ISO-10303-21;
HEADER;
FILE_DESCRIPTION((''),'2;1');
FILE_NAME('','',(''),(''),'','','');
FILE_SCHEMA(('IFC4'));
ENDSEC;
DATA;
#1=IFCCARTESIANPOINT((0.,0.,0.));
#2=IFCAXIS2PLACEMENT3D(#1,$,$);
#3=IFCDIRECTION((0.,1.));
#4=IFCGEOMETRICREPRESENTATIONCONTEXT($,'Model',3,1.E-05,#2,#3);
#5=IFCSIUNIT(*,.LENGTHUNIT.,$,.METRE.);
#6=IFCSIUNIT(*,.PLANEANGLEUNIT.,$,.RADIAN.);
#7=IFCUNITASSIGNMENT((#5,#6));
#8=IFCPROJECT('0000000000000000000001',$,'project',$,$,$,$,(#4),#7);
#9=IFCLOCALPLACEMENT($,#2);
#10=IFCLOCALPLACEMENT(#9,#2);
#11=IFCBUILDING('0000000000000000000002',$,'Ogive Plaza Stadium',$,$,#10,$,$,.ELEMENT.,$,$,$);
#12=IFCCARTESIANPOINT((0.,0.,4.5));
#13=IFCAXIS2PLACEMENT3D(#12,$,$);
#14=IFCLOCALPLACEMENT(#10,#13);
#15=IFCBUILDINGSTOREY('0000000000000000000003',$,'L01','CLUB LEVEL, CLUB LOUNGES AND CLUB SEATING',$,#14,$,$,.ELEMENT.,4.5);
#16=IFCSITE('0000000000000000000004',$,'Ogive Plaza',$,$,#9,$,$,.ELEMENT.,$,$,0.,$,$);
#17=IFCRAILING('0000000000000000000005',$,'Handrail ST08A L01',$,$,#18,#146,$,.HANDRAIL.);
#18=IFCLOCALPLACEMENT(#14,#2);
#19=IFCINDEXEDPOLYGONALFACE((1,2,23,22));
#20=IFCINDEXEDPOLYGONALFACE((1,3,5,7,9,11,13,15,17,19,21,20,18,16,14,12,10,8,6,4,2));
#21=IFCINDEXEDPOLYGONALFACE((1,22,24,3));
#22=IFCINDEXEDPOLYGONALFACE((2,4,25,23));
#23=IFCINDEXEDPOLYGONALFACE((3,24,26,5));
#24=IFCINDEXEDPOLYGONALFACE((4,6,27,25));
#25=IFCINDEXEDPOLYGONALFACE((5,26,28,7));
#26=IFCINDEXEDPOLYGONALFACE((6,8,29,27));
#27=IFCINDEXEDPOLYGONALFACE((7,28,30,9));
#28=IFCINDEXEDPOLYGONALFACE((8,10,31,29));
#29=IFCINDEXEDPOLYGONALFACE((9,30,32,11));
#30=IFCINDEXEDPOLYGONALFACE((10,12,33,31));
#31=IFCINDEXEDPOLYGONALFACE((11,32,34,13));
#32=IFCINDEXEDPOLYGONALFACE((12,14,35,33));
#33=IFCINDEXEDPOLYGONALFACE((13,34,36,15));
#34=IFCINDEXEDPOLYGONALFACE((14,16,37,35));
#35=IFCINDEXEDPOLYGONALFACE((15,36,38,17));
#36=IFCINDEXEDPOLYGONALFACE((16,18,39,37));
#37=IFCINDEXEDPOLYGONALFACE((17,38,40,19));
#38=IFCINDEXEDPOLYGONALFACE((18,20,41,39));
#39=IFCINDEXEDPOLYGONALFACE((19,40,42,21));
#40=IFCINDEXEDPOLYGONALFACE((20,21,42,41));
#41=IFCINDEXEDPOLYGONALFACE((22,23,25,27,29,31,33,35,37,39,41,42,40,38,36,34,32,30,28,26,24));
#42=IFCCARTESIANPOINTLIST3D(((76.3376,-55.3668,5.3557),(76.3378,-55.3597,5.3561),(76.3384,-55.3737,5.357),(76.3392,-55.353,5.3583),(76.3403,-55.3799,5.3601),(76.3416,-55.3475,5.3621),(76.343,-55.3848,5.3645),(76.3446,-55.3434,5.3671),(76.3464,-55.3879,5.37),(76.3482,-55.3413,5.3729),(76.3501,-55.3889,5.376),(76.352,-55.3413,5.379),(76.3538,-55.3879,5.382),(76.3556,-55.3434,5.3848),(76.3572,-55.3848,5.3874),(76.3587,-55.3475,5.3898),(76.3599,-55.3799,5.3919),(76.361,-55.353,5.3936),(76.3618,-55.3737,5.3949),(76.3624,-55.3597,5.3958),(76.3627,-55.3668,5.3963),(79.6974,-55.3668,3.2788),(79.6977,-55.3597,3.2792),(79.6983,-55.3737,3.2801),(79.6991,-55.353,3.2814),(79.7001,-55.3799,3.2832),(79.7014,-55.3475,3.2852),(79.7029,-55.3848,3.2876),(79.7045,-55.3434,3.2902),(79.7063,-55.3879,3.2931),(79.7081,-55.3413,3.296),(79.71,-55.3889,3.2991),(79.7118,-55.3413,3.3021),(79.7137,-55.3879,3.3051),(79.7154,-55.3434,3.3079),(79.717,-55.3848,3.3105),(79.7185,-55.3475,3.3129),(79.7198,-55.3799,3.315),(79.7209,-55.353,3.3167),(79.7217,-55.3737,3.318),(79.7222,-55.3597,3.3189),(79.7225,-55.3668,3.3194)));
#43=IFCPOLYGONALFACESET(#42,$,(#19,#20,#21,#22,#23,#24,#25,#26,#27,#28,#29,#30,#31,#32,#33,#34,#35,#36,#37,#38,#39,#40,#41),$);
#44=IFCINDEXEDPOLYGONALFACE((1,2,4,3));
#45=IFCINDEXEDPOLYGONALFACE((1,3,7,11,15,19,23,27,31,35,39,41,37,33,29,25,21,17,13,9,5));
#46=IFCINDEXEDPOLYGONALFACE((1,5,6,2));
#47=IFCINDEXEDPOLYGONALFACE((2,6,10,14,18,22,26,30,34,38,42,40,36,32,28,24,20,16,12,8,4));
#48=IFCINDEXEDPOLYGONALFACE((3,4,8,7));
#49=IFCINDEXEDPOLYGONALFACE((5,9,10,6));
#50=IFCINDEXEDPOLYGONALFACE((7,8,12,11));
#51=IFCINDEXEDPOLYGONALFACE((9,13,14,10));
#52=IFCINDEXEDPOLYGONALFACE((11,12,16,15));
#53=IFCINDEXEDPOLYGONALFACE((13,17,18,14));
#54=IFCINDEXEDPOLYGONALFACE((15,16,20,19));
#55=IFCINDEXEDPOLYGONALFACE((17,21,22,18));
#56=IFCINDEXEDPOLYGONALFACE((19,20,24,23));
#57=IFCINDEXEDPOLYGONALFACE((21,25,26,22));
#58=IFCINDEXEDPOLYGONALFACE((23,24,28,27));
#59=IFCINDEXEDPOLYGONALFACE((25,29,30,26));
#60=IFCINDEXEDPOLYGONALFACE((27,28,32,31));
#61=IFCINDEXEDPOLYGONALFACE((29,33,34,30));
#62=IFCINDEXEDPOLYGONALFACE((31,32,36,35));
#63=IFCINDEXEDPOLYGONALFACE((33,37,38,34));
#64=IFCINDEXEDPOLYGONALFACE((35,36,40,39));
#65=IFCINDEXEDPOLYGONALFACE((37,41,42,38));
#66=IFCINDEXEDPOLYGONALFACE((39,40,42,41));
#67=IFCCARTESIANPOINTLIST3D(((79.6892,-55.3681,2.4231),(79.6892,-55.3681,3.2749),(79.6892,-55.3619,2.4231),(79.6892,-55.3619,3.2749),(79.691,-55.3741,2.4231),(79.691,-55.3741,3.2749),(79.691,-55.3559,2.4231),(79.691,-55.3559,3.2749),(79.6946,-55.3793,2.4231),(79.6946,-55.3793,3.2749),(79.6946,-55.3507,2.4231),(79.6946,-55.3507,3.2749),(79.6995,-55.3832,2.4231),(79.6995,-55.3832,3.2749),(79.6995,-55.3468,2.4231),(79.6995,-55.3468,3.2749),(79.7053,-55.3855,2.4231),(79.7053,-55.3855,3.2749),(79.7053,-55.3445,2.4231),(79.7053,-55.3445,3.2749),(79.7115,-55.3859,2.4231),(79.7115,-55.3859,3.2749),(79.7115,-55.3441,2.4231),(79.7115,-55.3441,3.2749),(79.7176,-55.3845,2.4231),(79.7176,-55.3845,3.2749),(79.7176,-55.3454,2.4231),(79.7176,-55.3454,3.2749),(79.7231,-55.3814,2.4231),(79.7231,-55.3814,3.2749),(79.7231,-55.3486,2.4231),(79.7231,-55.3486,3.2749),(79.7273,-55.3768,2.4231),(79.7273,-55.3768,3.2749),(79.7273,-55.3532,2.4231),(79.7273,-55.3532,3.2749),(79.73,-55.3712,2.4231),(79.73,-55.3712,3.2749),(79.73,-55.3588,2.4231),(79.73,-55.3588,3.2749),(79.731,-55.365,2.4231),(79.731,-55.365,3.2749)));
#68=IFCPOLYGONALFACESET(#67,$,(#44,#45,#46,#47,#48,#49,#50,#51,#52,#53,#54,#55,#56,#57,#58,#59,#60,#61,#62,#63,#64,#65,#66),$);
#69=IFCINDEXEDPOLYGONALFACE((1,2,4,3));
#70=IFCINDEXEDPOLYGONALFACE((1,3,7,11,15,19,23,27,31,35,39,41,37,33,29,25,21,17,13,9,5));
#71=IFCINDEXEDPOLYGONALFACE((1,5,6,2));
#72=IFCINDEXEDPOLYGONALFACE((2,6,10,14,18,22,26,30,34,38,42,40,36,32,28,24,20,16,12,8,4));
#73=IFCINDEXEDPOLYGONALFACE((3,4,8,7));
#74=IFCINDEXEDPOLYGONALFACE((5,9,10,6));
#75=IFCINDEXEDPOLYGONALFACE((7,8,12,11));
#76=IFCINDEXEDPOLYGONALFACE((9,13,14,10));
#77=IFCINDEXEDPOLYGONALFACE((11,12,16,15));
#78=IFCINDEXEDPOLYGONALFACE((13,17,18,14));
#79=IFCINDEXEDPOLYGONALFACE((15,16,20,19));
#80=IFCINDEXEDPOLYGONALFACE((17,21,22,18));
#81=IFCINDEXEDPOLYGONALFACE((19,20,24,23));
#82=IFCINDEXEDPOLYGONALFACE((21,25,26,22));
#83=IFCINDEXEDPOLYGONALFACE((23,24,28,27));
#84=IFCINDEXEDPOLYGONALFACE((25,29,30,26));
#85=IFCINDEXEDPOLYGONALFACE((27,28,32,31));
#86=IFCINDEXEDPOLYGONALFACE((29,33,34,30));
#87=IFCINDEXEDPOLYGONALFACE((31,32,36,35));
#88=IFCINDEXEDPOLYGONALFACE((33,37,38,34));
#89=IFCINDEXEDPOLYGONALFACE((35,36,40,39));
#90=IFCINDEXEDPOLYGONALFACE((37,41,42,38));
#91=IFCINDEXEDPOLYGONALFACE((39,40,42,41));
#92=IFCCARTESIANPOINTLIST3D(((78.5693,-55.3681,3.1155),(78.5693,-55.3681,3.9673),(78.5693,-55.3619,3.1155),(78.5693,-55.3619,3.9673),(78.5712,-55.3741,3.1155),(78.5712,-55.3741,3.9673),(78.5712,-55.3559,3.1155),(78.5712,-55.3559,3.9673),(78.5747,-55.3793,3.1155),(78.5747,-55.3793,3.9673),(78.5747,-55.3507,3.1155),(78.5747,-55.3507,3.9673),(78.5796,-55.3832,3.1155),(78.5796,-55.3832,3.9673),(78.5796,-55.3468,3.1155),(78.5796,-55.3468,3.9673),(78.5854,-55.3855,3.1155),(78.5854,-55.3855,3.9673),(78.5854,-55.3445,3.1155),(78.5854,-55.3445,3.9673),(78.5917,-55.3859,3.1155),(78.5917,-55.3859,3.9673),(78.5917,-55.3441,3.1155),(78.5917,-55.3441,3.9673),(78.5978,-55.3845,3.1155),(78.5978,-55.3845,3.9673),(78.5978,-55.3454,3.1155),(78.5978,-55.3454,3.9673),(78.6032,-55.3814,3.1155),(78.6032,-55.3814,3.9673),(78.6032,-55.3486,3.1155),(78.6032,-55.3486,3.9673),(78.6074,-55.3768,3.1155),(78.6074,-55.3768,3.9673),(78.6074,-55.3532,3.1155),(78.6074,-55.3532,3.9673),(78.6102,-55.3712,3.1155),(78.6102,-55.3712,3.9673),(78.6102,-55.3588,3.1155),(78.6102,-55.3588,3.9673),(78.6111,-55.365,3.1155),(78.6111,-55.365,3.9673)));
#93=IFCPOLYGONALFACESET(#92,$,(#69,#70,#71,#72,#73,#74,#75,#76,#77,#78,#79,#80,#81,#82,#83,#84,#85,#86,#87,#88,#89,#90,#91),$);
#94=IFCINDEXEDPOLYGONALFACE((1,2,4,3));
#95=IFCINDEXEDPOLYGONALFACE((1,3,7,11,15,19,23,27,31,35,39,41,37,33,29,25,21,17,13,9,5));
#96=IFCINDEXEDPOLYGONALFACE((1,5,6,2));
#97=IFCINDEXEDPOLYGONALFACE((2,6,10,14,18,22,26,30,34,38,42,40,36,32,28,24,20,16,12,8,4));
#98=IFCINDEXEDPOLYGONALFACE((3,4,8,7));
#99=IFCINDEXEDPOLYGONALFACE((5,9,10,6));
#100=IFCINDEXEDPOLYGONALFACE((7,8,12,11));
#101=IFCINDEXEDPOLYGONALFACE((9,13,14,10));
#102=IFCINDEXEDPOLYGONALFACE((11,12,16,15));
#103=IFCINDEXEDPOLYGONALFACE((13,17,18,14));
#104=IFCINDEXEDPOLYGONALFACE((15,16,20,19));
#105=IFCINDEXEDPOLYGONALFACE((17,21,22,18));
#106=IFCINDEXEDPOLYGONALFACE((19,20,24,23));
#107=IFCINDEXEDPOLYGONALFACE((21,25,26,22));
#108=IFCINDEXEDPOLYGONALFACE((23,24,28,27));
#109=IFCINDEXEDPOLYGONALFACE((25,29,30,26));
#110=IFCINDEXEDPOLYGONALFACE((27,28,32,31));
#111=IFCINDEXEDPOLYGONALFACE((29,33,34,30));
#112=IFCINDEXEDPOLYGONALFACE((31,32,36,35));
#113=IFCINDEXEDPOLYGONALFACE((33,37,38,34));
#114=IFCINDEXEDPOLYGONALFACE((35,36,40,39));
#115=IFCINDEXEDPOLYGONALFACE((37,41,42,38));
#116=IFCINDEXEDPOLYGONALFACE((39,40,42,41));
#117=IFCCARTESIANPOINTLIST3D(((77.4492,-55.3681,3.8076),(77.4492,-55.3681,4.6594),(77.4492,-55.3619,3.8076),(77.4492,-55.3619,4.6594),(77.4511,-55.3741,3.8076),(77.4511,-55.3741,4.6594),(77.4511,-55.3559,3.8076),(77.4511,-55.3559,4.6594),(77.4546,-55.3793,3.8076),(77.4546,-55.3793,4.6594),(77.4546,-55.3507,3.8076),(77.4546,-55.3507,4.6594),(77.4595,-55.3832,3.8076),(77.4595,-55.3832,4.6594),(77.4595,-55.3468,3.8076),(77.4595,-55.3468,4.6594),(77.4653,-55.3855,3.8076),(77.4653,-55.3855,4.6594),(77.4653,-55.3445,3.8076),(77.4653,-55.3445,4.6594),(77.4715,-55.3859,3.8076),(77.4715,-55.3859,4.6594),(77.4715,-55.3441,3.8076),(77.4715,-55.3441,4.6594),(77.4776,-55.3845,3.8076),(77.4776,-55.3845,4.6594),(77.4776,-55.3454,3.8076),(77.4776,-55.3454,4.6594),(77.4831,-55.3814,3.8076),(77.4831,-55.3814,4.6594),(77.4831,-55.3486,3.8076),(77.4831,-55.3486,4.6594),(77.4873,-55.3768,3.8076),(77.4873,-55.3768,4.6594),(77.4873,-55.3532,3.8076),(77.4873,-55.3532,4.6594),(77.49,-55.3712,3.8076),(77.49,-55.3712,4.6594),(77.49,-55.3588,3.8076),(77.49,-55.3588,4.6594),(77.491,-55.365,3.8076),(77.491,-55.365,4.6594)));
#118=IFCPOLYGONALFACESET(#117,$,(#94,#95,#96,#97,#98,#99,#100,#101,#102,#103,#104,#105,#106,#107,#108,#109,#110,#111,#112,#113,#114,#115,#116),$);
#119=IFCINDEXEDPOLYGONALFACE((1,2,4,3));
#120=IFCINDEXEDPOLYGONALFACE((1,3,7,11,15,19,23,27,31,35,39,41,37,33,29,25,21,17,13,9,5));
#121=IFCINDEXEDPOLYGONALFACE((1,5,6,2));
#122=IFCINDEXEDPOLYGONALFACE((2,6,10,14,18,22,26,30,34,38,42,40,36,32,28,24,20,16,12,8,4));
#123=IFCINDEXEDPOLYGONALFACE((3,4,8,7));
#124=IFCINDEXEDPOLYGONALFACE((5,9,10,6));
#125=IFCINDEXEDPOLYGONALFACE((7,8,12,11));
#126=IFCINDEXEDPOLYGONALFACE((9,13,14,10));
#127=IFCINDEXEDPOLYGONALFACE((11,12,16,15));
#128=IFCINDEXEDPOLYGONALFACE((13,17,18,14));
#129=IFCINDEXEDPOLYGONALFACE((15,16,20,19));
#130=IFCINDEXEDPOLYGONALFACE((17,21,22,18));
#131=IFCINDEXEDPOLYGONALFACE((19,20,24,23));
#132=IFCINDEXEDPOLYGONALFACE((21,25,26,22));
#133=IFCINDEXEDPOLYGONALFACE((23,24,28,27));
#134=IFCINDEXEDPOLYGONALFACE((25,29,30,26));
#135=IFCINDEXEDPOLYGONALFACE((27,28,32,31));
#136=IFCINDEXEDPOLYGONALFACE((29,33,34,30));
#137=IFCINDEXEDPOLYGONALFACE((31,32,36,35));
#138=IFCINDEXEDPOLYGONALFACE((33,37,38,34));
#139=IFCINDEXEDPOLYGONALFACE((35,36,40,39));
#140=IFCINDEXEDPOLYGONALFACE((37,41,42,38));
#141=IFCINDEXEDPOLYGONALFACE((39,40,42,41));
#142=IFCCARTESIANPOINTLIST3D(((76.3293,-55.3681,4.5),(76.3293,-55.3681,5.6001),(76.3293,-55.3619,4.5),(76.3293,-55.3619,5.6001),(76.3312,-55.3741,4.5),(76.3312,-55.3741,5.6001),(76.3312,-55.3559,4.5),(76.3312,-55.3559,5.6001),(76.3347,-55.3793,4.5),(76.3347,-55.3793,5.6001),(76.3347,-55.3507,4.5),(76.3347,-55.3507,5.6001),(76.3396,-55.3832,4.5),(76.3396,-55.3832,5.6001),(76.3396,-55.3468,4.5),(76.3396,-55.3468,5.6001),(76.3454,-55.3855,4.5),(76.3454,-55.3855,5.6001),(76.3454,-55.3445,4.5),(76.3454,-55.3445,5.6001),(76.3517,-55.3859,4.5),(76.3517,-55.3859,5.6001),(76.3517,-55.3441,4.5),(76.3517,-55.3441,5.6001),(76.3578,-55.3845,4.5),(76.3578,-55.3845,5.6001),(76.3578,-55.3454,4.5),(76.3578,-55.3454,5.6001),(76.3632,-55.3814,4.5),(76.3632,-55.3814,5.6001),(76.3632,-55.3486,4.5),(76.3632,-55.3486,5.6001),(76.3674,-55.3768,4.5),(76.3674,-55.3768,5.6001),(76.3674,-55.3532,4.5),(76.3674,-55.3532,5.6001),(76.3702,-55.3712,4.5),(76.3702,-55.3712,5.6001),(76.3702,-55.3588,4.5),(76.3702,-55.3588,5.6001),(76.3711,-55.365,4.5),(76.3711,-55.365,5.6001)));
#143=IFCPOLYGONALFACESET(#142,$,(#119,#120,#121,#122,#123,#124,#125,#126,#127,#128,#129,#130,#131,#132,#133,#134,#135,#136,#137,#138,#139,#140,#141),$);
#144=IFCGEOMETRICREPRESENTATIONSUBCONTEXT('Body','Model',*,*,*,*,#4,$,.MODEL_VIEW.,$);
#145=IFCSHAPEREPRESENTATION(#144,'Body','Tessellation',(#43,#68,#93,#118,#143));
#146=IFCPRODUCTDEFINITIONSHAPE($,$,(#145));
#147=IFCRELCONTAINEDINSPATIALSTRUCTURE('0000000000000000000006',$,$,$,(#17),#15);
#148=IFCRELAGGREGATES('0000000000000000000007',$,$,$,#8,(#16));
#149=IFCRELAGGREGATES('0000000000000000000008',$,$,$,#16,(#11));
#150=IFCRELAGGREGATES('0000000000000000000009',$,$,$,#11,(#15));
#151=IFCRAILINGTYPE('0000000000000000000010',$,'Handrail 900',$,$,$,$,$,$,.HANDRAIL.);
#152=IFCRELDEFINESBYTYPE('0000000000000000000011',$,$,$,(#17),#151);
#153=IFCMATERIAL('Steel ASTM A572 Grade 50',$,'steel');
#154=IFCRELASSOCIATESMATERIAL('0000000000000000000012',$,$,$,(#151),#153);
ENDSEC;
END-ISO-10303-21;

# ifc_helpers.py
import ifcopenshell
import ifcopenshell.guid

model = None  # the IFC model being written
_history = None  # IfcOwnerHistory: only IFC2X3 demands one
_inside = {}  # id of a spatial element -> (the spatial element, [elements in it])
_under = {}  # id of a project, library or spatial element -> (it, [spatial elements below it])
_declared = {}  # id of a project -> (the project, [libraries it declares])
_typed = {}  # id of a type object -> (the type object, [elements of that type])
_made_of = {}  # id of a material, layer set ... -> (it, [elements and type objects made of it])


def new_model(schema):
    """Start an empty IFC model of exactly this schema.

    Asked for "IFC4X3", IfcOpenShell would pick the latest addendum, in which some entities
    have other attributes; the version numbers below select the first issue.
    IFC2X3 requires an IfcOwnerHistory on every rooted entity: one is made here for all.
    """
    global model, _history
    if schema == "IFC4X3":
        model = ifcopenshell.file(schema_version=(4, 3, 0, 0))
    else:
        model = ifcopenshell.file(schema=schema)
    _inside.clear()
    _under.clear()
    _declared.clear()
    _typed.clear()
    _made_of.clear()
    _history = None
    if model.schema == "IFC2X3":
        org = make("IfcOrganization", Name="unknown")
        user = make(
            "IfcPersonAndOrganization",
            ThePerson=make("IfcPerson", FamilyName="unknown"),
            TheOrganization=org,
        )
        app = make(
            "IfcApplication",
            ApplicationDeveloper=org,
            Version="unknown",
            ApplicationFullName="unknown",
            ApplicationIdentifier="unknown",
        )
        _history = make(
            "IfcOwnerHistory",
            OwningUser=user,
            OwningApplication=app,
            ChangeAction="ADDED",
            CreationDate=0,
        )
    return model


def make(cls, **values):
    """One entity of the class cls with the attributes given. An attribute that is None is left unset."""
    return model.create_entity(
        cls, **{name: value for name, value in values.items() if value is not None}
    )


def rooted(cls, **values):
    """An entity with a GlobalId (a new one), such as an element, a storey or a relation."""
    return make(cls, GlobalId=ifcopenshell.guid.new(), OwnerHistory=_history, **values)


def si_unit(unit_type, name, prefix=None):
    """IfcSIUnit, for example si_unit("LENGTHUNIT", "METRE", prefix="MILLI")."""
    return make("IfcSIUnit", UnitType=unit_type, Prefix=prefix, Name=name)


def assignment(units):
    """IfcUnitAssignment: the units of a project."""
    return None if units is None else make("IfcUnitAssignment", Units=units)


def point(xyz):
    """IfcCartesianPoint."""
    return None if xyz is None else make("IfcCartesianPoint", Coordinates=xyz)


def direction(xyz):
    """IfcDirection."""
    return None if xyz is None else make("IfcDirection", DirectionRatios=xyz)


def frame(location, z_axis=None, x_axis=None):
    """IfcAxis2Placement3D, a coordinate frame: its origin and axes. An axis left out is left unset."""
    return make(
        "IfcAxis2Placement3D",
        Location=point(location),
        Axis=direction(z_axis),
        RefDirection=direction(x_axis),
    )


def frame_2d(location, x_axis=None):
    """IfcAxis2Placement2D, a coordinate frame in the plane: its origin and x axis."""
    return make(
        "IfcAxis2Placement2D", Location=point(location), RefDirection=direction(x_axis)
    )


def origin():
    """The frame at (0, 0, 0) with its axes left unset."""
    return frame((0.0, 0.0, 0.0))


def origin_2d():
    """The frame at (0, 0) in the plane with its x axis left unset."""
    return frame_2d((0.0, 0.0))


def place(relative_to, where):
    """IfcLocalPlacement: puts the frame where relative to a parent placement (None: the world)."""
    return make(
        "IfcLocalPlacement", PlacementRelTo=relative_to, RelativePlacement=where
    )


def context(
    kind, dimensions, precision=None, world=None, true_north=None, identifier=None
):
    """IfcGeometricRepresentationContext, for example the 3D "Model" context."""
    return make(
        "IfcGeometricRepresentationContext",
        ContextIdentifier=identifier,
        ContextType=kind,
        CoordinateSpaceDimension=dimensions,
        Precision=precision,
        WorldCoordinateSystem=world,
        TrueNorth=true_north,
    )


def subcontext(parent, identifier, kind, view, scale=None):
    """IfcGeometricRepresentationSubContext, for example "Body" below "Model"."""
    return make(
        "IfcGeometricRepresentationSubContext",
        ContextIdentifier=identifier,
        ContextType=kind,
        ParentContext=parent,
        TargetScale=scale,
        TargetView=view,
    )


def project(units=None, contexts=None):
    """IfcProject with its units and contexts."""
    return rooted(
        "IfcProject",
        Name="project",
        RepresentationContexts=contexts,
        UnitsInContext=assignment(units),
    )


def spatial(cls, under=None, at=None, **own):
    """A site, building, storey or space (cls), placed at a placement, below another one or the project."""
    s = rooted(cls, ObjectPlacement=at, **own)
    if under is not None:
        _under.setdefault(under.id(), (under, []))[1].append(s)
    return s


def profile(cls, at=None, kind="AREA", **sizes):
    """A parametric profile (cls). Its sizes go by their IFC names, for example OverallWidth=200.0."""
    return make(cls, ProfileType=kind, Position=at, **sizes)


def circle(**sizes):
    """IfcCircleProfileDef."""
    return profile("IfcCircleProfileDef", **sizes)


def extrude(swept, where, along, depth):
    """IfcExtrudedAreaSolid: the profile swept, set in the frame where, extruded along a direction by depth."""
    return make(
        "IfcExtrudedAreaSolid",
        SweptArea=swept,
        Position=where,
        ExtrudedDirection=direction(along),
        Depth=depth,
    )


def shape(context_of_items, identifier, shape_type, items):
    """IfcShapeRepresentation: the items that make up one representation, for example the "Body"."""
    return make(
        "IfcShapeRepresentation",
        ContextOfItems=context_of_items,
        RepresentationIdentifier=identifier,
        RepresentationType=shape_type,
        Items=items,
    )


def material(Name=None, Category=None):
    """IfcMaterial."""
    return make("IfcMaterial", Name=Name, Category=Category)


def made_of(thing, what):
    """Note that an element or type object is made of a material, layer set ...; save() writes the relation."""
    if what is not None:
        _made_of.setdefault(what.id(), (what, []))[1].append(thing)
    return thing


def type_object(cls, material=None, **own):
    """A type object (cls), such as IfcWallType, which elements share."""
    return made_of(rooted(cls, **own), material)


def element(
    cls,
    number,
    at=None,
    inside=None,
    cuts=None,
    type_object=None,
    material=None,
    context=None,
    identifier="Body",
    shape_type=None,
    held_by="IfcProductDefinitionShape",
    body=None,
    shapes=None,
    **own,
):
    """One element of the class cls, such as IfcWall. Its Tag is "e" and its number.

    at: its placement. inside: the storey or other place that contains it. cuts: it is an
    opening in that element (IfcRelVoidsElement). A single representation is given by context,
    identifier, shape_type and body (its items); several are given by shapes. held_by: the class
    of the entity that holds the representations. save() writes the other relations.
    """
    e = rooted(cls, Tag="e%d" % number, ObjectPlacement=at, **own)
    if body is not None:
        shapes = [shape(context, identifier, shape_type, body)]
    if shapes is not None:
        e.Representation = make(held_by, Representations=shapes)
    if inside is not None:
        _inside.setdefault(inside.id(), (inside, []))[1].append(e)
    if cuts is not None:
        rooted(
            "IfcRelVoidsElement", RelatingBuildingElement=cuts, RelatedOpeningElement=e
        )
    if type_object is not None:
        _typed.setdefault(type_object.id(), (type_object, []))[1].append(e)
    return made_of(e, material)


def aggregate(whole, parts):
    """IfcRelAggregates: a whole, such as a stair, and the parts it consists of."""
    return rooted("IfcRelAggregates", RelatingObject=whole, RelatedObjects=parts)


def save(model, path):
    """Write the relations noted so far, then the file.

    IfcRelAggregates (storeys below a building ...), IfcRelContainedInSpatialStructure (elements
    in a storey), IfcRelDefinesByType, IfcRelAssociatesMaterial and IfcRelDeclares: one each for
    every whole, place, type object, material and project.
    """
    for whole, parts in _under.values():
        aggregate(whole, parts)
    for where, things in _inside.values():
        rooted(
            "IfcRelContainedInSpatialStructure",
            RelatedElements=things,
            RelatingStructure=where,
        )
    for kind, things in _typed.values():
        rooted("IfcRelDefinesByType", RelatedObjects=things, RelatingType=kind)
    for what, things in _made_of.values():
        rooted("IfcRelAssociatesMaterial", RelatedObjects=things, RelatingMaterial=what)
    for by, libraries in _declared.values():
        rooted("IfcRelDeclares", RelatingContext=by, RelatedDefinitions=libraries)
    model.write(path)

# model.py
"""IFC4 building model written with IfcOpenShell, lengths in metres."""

from ifc_helpers import new_model, si_unit, direction, frame, origin, origin_2d, place, context, subcontext, project, spatial, circle, extrude, material, type_object, element, save


model = new_model("IFC4")

# Units and contexts
model_context = context("Model", 3, precision=1e-05, world=origin(), true_north=direction((0.0, 1.0)))
body_context = subcontext(model_context, "Body", "Model", "MODEL_VIEW")
ifc_project = project(units=[si_unit("LENGTHUNIT", "METRE"), si_unit("PLANEANGLEUNIT", "RADIAN")], contexts=[model_context])

# Site, building, storey
site_placement = place(None, origin())
site = spatial("IfcSite", under=ifc_project, at=site_placement, Name="Ogive Plaza", CompositionType="ELEMENT", RefElevation=0.0)
building_placement = place(site_placement, origin())
building = spatial("IfcBuilding", under=site, at=building_placement, Name="Ogive Plaza Stadium", CompositionType="ELEMENT")
storey_placement = place(building_placement, frame((0.0, 0.0, 4.5)))
storey = spatial("IfcBuildingStorey", under=building, at=storey_placement, Name="L01", Description="CLUB LEVEL, CLUB LOUNGES AND CLUB SEATING", CompositionType="ELEMENT", Elevation=4.5)

# Railing
ifc_material_1 = material(Name="Steel ASTM A572 Grade 50", Category="steel")
railing_type_1 = type_object("IfcRailingType", Name="Handrail 900", PredefinedType="HANDRAIL", material=ifc_material_1)
for number, where, name in (
    (1, (79.71, -55.365, 2.4231), "Handrail ST08A L01"),
):
    element("IfcRailing", number, at=place(storey_placement, frame(where)), inside=storey, type_object=railing_type_1, Name=name, PredefinedType="HANDRAIL", context=body_context, shape_type="SweptSolid", body=[
        extrude(circle(Radius=0.0239, at=origin_2d()), frame((0.0, 0.0, 0.876), z_axis=(-0.850606, 0.0, 0.525803), x_axis=(0.0, -1.0, 0.0)), (0.0, 0.0, 1.0), 3.95),
        extrude(circle(Radius=0.021, at=origin_2d()), origin(), (0.0, 0.0, 1.0), 0.8518),
        extrude(circle(Radius=0.021, at=origin_2d()), frame((-1.1199, 0.0, 0.6924)), (0.0, 0.0, 1.0), 0.8518),
        extrude(circle(Radius=0.021, at=origin_2d()), frame((-2.24, 0.0, 1.3845)), (0.0, 0.0, 1.0), 0.8518),
        extrude(circle(Radius=0.021, at=origin_2d()), frame((-3.3599, 0.0, 2.0769)), (0.0, 0.0, 1.0), 1.1001),
    ])

save(model, "model.ifc")
